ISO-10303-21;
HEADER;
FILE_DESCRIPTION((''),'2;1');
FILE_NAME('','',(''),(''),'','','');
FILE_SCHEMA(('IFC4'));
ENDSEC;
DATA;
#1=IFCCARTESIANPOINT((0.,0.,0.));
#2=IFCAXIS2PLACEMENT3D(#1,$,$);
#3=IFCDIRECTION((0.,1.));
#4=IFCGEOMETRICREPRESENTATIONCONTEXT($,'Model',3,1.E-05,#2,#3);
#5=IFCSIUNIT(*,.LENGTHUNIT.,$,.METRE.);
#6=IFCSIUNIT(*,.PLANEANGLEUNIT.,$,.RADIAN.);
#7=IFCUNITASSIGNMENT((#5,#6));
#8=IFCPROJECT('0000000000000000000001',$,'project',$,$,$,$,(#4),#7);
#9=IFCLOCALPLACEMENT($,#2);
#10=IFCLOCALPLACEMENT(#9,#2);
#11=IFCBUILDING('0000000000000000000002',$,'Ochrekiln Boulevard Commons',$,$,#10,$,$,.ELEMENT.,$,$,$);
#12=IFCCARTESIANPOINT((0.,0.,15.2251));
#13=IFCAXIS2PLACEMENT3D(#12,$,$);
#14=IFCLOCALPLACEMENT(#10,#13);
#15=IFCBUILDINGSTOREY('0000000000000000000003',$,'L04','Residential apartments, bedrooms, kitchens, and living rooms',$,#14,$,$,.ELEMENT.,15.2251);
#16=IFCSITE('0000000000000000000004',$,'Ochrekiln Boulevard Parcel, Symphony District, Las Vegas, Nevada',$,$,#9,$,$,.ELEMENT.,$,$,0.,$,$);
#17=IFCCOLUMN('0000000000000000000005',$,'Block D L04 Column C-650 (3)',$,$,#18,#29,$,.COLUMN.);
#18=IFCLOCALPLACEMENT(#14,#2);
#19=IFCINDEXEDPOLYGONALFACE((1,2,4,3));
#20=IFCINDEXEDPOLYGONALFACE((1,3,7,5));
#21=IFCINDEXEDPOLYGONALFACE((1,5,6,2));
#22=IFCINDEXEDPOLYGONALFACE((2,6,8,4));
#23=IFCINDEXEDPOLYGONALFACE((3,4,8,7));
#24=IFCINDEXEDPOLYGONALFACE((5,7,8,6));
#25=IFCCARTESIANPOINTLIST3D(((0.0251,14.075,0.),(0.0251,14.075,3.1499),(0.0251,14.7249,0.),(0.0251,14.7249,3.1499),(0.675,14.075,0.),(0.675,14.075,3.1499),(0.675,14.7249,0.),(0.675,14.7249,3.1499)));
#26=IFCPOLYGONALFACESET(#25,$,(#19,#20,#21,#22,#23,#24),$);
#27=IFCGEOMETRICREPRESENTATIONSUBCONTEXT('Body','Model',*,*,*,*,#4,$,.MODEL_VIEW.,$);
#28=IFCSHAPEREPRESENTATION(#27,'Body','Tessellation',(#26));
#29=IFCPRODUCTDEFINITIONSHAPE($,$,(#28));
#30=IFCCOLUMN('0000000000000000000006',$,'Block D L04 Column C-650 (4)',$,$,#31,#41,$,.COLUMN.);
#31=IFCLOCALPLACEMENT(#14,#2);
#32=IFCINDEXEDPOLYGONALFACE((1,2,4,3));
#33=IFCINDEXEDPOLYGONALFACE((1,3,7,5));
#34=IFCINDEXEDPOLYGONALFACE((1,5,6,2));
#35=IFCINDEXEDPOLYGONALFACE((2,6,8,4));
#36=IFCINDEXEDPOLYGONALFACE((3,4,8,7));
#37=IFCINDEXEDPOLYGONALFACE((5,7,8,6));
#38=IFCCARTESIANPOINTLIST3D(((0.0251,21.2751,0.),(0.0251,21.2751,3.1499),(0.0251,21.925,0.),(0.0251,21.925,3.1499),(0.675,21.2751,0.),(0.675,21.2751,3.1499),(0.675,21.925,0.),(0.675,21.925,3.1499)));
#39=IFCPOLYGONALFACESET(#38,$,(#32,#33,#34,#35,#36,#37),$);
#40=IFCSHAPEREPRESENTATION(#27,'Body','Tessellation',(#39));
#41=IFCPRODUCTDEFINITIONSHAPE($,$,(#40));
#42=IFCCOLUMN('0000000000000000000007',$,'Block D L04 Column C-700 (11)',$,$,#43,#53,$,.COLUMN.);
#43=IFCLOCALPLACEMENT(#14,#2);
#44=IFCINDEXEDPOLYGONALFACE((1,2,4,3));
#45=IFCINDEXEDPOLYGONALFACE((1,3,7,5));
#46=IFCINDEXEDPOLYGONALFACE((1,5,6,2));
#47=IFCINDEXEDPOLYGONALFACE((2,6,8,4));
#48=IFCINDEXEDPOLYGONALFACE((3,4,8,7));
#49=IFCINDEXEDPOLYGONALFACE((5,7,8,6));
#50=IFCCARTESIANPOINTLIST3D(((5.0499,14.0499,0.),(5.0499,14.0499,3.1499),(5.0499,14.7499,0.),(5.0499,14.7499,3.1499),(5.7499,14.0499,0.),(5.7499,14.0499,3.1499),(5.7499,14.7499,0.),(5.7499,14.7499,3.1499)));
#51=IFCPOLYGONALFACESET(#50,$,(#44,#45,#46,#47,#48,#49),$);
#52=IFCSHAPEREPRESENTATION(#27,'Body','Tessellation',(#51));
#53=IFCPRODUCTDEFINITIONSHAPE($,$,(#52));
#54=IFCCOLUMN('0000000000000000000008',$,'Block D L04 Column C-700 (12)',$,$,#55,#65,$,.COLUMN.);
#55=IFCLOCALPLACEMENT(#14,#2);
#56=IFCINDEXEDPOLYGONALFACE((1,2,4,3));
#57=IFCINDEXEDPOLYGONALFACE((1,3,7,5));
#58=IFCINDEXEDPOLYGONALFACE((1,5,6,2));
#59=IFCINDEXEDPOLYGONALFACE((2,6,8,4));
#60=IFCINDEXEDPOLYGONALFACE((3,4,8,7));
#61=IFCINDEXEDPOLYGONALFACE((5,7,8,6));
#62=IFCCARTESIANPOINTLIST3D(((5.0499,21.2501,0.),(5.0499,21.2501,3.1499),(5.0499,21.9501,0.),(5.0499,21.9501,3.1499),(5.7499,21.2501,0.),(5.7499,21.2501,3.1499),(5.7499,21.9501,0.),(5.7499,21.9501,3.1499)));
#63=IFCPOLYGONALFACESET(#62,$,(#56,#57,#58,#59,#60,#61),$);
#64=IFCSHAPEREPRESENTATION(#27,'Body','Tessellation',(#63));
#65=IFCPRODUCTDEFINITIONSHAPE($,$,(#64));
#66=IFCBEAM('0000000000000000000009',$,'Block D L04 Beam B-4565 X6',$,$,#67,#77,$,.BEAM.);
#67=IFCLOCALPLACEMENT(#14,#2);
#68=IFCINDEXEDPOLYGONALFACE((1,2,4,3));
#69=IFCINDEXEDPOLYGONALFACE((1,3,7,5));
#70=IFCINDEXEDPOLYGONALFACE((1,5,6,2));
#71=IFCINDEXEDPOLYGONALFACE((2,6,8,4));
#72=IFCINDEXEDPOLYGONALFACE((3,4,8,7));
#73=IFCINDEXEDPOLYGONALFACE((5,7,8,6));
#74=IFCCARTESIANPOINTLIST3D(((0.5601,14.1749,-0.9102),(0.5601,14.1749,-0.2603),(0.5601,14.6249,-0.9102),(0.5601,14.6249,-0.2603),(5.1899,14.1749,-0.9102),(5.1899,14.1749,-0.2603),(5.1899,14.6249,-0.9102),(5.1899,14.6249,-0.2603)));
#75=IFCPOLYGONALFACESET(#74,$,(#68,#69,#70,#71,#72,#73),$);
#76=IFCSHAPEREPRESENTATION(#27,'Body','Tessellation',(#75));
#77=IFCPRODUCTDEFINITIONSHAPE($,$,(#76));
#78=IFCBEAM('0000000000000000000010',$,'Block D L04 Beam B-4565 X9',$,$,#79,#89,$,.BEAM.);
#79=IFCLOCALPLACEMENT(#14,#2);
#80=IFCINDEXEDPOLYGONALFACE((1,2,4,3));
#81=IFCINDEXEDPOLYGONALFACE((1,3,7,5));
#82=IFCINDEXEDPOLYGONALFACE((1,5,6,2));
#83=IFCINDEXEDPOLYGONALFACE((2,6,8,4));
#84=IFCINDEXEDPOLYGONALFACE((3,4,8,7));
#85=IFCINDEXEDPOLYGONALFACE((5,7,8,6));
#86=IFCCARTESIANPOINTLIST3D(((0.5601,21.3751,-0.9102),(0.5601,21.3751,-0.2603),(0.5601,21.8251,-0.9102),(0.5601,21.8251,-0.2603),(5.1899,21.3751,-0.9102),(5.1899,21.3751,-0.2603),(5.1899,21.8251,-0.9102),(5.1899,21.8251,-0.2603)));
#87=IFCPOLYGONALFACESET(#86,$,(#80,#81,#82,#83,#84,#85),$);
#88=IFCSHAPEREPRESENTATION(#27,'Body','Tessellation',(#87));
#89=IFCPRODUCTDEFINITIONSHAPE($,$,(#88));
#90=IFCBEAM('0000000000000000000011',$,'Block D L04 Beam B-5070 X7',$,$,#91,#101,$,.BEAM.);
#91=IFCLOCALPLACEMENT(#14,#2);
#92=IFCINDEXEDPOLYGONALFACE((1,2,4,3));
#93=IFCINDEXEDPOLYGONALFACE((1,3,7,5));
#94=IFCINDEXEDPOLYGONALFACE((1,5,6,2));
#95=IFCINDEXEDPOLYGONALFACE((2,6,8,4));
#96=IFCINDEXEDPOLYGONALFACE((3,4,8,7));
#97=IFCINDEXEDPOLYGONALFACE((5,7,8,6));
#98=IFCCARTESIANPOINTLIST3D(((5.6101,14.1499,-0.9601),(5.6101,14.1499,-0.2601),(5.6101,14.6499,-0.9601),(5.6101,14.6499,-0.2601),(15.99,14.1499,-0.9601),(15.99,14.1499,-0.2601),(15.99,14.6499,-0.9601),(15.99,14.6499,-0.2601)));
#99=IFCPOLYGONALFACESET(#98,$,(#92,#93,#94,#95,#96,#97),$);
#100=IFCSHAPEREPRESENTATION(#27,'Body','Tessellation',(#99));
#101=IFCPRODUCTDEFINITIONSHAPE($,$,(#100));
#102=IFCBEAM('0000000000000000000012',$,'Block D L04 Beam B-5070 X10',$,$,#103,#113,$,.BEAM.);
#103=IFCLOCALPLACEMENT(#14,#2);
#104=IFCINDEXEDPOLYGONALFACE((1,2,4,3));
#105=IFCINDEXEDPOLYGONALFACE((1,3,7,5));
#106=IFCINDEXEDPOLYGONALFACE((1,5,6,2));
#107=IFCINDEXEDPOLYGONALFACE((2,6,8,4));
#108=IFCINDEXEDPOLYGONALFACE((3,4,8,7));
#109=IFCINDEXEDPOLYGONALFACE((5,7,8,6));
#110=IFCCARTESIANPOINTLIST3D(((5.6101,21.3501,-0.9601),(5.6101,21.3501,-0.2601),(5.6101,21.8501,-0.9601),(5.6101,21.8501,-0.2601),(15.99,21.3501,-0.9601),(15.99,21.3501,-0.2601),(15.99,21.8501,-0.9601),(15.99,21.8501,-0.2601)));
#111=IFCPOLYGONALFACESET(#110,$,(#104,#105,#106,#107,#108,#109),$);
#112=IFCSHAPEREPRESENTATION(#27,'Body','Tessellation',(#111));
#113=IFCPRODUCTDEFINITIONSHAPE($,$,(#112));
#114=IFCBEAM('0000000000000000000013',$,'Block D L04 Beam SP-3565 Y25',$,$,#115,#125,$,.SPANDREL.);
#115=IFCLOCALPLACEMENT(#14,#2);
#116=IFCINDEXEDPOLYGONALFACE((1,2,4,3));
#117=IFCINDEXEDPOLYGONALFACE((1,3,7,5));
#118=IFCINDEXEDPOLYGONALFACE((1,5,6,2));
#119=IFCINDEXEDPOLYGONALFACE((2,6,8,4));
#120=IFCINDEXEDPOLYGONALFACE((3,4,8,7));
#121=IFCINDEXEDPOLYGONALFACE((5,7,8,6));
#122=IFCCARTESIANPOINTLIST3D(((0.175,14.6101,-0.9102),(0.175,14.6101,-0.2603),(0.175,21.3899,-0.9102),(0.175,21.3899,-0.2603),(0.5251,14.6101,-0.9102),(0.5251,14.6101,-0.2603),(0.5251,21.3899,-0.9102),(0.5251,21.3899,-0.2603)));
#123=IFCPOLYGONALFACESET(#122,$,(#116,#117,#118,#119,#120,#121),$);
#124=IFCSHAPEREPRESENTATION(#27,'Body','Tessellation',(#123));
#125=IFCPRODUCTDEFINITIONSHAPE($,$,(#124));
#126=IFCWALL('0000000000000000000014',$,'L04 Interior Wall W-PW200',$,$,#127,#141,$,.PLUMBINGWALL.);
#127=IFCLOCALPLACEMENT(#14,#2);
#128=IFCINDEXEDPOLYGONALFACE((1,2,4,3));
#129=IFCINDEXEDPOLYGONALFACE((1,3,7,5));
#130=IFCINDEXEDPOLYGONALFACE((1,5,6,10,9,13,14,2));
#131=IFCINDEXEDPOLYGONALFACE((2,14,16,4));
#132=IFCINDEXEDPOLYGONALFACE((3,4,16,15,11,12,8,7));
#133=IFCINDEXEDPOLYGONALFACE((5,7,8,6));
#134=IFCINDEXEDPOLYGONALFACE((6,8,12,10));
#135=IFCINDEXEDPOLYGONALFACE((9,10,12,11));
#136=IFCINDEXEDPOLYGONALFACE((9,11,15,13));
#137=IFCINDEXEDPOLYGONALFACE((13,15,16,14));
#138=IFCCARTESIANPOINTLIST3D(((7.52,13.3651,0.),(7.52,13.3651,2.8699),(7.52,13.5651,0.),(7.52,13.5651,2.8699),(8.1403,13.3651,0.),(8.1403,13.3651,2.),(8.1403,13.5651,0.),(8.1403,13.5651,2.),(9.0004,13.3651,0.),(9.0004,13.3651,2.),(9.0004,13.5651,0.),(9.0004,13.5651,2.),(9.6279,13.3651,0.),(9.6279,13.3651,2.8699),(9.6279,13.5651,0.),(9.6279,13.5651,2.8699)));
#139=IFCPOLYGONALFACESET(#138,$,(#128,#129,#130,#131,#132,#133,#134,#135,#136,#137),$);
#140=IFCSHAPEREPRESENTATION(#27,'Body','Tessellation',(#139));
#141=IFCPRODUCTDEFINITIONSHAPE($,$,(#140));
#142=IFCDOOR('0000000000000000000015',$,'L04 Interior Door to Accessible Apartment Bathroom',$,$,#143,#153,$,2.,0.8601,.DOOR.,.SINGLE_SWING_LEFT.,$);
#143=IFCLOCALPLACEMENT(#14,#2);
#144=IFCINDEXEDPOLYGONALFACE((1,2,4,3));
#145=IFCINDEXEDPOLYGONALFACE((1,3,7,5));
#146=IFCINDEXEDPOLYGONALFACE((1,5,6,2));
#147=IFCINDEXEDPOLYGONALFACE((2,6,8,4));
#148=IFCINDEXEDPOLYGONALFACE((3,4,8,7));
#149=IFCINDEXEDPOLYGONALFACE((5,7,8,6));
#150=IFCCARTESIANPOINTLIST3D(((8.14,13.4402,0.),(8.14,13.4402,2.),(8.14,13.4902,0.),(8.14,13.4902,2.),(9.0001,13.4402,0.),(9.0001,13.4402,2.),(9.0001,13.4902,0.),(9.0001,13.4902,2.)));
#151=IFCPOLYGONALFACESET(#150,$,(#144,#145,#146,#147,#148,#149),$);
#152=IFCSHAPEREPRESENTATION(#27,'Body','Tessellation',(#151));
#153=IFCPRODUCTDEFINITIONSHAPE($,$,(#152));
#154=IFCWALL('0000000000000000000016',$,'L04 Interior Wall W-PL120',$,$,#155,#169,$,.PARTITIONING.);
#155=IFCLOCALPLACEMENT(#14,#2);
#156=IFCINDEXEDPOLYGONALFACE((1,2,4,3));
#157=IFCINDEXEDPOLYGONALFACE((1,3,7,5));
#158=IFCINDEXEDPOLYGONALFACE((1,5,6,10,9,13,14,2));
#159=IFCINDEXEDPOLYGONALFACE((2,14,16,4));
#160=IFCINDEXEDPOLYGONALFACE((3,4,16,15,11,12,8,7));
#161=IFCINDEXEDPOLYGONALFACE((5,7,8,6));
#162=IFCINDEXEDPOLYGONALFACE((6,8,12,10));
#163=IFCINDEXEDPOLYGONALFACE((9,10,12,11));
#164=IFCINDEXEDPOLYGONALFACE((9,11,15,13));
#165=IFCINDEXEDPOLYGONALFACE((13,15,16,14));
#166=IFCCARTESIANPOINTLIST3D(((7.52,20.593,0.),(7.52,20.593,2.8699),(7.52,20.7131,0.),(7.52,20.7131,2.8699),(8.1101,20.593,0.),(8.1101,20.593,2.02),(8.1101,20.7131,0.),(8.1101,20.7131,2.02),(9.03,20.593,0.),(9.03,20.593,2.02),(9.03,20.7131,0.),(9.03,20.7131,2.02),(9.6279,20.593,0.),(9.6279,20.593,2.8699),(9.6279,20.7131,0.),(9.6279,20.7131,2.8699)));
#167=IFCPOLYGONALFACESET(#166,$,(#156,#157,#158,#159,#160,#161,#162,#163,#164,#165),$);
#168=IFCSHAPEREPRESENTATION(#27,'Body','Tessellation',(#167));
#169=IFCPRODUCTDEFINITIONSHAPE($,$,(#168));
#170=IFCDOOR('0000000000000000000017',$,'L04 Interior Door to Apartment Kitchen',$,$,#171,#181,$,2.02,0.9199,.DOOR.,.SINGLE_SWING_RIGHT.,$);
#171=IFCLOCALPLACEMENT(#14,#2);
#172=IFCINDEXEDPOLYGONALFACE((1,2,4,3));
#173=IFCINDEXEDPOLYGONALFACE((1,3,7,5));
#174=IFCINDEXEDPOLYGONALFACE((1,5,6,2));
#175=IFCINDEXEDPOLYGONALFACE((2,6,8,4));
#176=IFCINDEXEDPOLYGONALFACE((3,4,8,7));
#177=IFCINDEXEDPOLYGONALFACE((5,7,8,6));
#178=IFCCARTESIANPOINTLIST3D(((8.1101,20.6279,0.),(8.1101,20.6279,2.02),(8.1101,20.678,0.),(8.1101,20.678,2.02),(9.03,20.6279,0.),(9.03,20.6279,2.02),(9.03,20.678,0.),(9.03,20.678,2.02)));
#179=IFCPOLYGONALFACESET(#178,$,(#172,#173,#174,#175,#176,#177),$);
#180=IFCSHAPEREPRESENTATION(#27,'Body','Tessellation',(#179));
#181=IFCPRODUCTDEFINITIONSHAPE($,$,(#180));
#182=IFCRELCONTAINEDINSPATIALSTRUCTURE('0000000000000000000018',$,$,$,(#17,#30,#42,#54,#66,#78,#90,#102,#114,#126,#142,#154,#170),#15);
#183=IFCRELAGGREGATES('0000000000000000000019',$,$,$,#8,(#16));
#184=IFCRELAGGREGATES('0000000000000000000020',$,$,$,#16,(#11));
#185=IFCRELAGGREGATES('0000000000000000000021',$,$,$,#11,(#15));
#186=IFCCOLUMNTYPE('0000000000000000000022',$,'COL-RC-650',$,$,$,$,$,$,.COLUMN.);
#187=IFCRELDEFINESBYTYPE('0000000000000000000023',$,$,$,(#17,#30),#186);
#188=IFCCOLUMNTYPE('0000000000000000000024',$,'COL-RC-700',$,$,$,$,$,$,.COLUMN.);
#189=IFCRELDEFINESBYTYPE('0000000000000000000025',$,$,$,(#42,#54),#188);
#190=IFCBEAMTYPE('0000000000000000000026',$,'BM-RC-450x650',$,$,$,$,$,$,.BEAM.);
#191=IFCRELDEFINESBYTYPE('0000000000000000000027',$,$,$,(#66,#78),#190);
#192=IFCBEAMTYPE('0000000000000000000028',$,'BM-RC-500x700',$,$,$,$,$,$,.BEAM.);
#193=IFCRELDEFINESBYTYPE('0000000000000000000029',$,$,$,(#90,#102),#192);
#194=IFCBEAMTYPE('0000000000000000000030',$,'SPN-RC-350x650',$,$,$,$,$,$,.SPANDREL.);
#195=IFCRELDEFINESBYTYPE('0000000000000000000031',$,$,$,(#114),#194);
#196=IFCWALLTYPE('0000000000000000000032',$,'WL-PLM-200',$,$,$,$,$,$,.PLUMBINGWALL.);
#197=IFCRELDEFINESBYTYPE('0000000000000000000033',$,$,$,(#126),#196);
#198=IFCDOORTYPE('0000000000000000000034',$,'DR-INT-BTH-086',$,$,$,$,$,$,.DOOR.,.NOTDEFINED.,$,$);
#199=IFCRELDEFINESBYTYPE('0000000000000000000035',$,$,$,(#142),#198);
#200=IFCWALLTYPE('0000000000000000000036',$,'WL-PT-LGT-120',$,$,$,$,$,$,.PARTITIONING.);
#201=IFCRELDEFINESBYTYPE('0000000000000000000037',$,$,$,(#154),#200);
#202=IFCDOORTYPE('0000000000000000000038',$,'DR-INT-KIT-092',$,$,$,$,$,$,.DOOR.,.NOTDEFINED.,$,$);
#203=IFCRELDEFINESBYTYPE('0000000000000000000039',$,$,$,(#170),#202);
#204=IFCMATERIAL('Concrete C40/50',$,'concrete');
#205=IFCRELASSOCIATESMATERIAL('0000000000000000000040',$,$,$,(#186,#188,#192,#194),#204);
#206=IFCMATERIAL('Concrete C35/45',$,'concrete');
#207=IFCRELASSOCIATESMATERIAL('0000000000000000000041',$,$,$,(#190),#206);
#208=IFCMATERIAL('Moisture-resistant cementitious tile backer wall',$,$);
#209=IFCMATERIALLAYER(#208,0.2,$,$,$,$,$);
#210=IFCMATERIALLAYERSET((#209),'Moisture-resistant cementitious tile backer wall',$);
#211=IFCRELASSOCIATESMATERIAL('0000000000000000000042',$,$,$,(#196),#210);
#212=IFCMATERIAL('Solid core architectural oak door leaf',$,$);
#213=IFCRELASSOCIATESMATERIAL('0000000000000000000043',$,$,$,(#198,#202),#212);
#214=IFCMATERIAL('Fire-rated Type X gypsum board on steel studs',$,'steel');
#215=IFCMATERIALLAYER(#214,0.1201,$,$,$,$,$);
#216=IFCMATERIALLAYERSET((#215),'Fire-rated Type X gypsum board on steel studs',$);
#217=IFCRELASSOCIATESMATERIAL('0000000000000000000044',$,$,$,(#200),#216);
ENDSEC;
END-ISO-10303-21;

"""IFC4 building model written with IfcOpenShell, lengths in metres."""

from ifc_helpers import new_model, si_unit, direction, frame, frame_2d, origin, origin_2d, place, context, subcontext, project, spatial, rectangle, extrude, material, layer, layer_set, material_profile, profile_set, type_object, element, fill, save


model = new_model("IFC4")

# Units and contexts
model_context = context("Model", 3, precision=1e-05, world=origin(), true_north=direction((0.0, 1.0)))
body_context = subcontext(model_context, "Body", "Model", "MODEL_VIEW")
ifc_project = project(units=[si_unit("LENGTHUNIT", "METRE"), si_unit("PLANEANGLEUNIT", "RADIAN")], contexts=[model_context])

# Site, building, storey
site_placement = place(None, origin())
site = spatial("IfcSite", under=ifc_project, at=site_placement, Name="Ochrekiln Boulevard Parcel, Symphony District, Las Vegas, Nevada", CompositionType="ELEMENT", RefElevation=0.0)
building_placement = place(site_placement, origin())
building = spatial("IfcBuilding", under=site, at=building_placement, Name="Ochrekiln Boulevard Commons", CompositionType="ELEMENT")
storey_placement = place(building_placement, frame((0.0, 0.0, 15.2251)))
storey = spatial("IfcBuildingStorey", under=building, at=storey_placement, Name="L04", Description="Residential apartments, bedrooms, kitchens, and living rooms", CompositionType="ELEMENT", Elevation=15.2251)

# Columns
ifc_material_1 = material(Name="Concrete C40/50", Category="concrete")
ifc_material_profile_1 = material_profile(ifc_material_1, rectangle(XDim=0.6499, YDim=0.6499, at=origin_2d()), Name="RC-COL-650x650")
ifc_profile_set_1 = profile_set([ifc_material_profile_1], Name="Concrete C40/50")
column_type_1 = type_object("IfcColumnType", Name="COL-RC-650", PredefinedType="COLUMN", material=ifc_profile_set_1)
for number, where, z_axis, x_axis, name in (
    (1, (0.3501, 14.3999, 0.0), (0.0, 0.0, 1.0), (1.0, 0.0, 0.0), "Block D L04 Column C-650 (3)"),
    (2, (0.3501, 21.6001, 0.0), (0.0, 0.0, 1.0), (1.0, 0.0, 0.0), "Block D L04 Column C-650 (4)"),
):
    element("IfcColumn", number, at=place(storey_placement, frame(where, z_axis=z_axis, x_axis=x_axis)), inside=storey, type_object=column_type_1, Name=name, PredefinedType="COLUMN", context=body_context, shape_type="SweptSolid", body=[
        extrude(rectangle(XDim=0.6499, YDim=0.6499, at=origin_2d()), origin(), (0.0, 0.0, 1.0), 3.1499),
    ])
ifc_material_profile_2 = material_profile(ifc_material_1, rectangle(XDim=0.7, YDim=0.7, at=origin_2d()), Name="RC-COL-700x700")
ifc_profile_set_2 = profile_set([ifc_material_profile_2], Name="Concrete C40/50")
column_type_2 = type_object("IfcColumnType", Name="COL-RC-700", PredefinedType="COLUMN", material=ifc_profile_set_2)
for number, where, z_axis, x_axis, name in (
    (3, (5.3999, 14.3999, 0.0), (0.0, 0.0, 1.0), (1.0, 0.0, 0.0), "Block D L04 Column C-700 (11)"),
    (4, (5.3999, 21.6001, 0.0), (0.0, 0.0, 1.0), (1.0, 0.0, 0.0), "Block D L04 Column C-700 (12)"),
):
    element("IfcColumn", number, at=place(storey_placement, frame(where, z_axis=z_axis, x_axis=x_axis)), inside=storey, type_object=column_type_2, Name=name, PredefinedType="COLUMN", context=body_context, shape_type="SweptSolid", body=[
        extrude(rectangle(XDim=0.7, YDim=0.7, at=origin_2d()), origin(), (0.0, 0.0, 1.0), 3.1499),
    ])

# Beams
ifc_material_2 = material(Name="Concrete C35/45", Category="concrete")
ifc_material_profile_3 = material_profile(ifc_material_2, rectangle(XDim=0.45, YDim=0.6499, at=origin_2d()), Name="RC-BM-450x650")
ifc_profile_set_3 = profile_set([ifc_material_profile_3], Name="Concrete C35/45")
beam_type_1 = type_object("IfcBeamType", Name="BM-RC-450x650", PredefinedType="BEAM", material=ifc_profile_set_3)
for number, where, z_axis, x_axis, name in (
    (5, (0.5601, 14.3999, -0.5852), (1.0, 0.0, 0.0), (0.0, 1.0, 0.0), "Block D L04 Beam B-4565 X6"),
    (6, (0.5601, 21.6001, -0.5852), (1.0, 0.0, 0.0), (0.0, 1.0, 0.0), "Block D L04 Beam B-4565 X9"),
):
    element("IfcBeam", number, at=place(storey_placement, frame(where, z_axis=z_axis, x_axis=x_axis)), inside=storey, type_object=beam_type_1, Name=name, PredefinedType="BEAM", context=body_context, shape_type="SweptSolid", body=[
        extrude(rectangle(XDim=0.45, YDim=0.6499, at=origin_2d()), origin(), (0.0, 0.0, 1.0), 4.6299),
    ])
ifc_material_profile_4 = material_profile(ifc_material_1, rectangle(XDim=0.5, YDim=0.7, at=origin_2d()), Name="RC-BM-500x700")
ifc_profile_set_4 = profile_set([ifc_material_profile_4], Name="Concrete C40/50")
beam_type_2 = type_object("IfcBeamType", Name="BM-RC-500x700", PredefinedType="BEAM", material=ifc_profile_set_4)
for number, where, z_axis, x_axis, name in (
    (7, (5.6101, 14.3999, -0.6101), (1.0, 0.0, 0.0), (0.0, 1.0, 0.0), "Block D L04 Beam B-5070 X7"),
    (8, (5.6101, 21.6001, -0.6101), (1.0, 0.0, 0.0), (0.0, 1.0, 0.0), "Block D L04 Beam B-5070 X10"),
):
    element("IfcBeam", number, at=place(storey_placement, frame(where, z_axis=z_axis, x_axis=x_axis)), inside=storey, type_object=beam_type_2, Name=name, PredefinedType="BEAM", context=body_context, shape_type="SweptSolid", body=[
        extrude(rectangle(XDim=0.5, YDim=0.7, at=origin_2d()), origin(), (0.0, 0.0, 1.0), 10.3799),
    ])
ifc_material_profile_5 = material_profile(ifc_material_1, rectangle(XDim=0.3501, YDim=0.6499, at=origin_2d()), Name="RC-SPN-350x650")
ifc_profile_set_5 = profile_set([ifc_material_profile_5], Name="Concrete C40/50")
beam_type_3 = type_object("IfcBeamType", Name="SPN-RC-350x650", PredefinedType="SPANDREL", material=ifc_profile_set_5)
beam_placement = place(storey_placement, frame((0.3501, 14.6101, -0.5852), z_axis=(0.0, 1.0, 0.0), x_axis=(-1.0, 0.0, 0.0)))
element("IfcBeam", 9, at=beam_placement, inside=storey, type_object=beam_type_3, Name="Block D L04 Beam SP-3565 Y25", PredefinedType="SPANDREL", context=body_context, shape_type="SweptSolid", body=[
    extrude(rectangle(XDim=0.3501, YDim=0.6499, at=origin_2d()), origin(), (0.0, 0.0, 1.0), 6.7798),
])

# Walls, openings, doors
ifc_material_3 = material(Name="Moisture-resistant cementitious tile backer wall")
ifc_layer_1 = layer(ifc_material_3, 0.2)
ifc_layer_set_1 = layer_set([ifc_layer_1], Name="Moisture-resistant cementitious tile backer wall")
wall_type_1 = type_object("IfcWallType", Name="WL-PLM-200", PredefinedType="PLUMBINGWALL", material=ifc_layer_set_1)
wall_1_placement = place(storey_placement, frame((7.52, 13.4651, 0.0), z_axis=(0.0, 0.0, 1.0), x_axis=(1.0, 0.0, 0.0)))
wall_1 = element("IfcWall", 10, at=wall_1_placement, inside=storey, type_object=wall_type_1, Name="L04 Interior Wall W-PW200", PredefinedType="PLUMBINGWALL", context=body_context, shape_type="SweptSolid", body=[
    extrude(rectangle(XDim=2.1079, YDim=0.2, at=frame_2d((1.054, 0.0))), origin(), (0.0, 0.0, 1.0), 2.8699),
])
opening_1_placement = place(wall_1_placement, frame((0.6201, 0.0, 0.0)))
opening_1 = element("IfcOpeningElement", 11, at=opening_1_placement, cuts=wall_1, PredefinedType="OPENING", context=body_context, shape_type="SweptSolid", body=[
    extrude(rectangle(XDim=0.8601, YDim=2.0, at=frame_2d((0.4302, 1.0))), frame((0.0, 0.1099, 0.0), z_axis=(0.0, -1.0, 0.0), x_axis=(1.0, 0.0, 0.0)), (0.0, 0.0, 1.0), 0.22),
])
ifc_material_4 = material(Name="Solid core architectural oak door leaf")
door_type_1 = type_object("IfcDoorType", Name="DR-INT-BTH-086", OperationType="NOTDEFINED", PredefinedType="DOOR", material=ifc_material_4)
door_1_placement = place(opening_1_placement, frame((0.8601, 0.0, 0.0), z_axis=(0.0, 0.0, 1.0), x_axis=(-1.0, 0.0, 0.0)))
door_1 = element("IfcDoor", 12, at=door_1_placement, inside=storey, type_object=door_type_1, Name="L04 Interior Door to Accessible Apartment Bathroom", OperationType="SINGLE_SWING_LEFT", OverallHeight=2.0, OverallWidth=0.8601, PredefinedType="DOOR", context=body_context, shape_type="SweptSolid", body=[
    extrude(rectangle(XDim=0.8601, YDim=2.0, at=frame_2d((0.4302, 1.0))), frame((0.0, 0.0249, 0.0), z_axis=(0.0, -1.0, 0.0), x_axis=(1.0, 0.0, 0.0)), (0.0, 0.0, 1.0), 0.05),
])
fill(opening_1, door_1)
ifc_material_5 = material(Name="Fire-rated Type X gypsum board on steel studs", Category="steel")
ifc_layer_2 = layer(ifc_material_5, 0.1201)
ifc_layer_set_2 = layer_set([ifc_layer_2], Name="Fire-rated Type X gypsum board on steel studs")
wall_type_2 = type_object("IfcWallType", Name="WL-PT-LGT-120", PredefinedType="PARTITIONING", material=ifc_layer_set_2)
wall_2_placement = place(storey_placement, frame((7.52, 20.6531, 0.0), z_axis=(0.0, 0.0, 1.0), x_axis=(1.0, 0.0, 0.0)))
wall_2 = element("IfcWall", 13, at=wall_2_placement, inside=storey, type_object=wall_type_2, Name="L04 Interior Wall W-PL120", PredefinedType="PARTITIONING", context=body_context, shape_type="SweptSolid", body=[
    extrude(rectangle(XDim=2.1079, YDim=0.1201, at=frame_2d((1.054, 0.0))), origin(), (0.0, 0.0, 1.0), 2.8699),
])
opening_2_placement = place(wall_2_placement, frame((0.5901, 0.0, 0.0)))
opening_2 = element("IfcOpeningElement", 14, at=opening_2_placement, cuts=wall_2, PredefinedType="OPENING", context=body_context, shape_type="SweptSolid", body=[
    extrude(rectangle(XDim=0.9199, YDim=2.02, at=frame_2d((0.46, 1.01))), frame((0.0, 0.0701, 0.0), z_axis=(0.0, -1.0, 0.0), x_axis=(1.0, 0.0, 0.0)), (0.0, 0.0, 1.0), 0.1401),
])
door_type_2 = type_object("IfcDoorType", Name="DR-INT-KIT-092", OperationType="NOTDEFINED", PredefinedType="DOOR", material=ifc_material_4)
door_2_placement = place(opening_2_placement, origin())
door_2 = element("IfcDoor", 15, at=door_2_placement, inside=storey, type_object=door_type_2, Name="L04 Interior Door to Apartment Kitchen", OperationType="SINGLE_SWING_RIGHT", OverallHeight=2.02, OverallWidth=0.9199, PredefinedType="DOOR", context=body_context, shape_type="SweptSolid", body=[
    extrude(rectangle(XDim=0.9199, YDim=2.02, at=frame_2d((0.46, 1.01))), frame((0.0, 0.0249, 0.0), z_axis=(0.0, -1.0, 0.0), x_axis=(1.0, 0.0, 0.0)), (0.0, 0.0, 1.0), 0.05),
])
fill(opening_2, door_2)

save(model, "model.ifc")
